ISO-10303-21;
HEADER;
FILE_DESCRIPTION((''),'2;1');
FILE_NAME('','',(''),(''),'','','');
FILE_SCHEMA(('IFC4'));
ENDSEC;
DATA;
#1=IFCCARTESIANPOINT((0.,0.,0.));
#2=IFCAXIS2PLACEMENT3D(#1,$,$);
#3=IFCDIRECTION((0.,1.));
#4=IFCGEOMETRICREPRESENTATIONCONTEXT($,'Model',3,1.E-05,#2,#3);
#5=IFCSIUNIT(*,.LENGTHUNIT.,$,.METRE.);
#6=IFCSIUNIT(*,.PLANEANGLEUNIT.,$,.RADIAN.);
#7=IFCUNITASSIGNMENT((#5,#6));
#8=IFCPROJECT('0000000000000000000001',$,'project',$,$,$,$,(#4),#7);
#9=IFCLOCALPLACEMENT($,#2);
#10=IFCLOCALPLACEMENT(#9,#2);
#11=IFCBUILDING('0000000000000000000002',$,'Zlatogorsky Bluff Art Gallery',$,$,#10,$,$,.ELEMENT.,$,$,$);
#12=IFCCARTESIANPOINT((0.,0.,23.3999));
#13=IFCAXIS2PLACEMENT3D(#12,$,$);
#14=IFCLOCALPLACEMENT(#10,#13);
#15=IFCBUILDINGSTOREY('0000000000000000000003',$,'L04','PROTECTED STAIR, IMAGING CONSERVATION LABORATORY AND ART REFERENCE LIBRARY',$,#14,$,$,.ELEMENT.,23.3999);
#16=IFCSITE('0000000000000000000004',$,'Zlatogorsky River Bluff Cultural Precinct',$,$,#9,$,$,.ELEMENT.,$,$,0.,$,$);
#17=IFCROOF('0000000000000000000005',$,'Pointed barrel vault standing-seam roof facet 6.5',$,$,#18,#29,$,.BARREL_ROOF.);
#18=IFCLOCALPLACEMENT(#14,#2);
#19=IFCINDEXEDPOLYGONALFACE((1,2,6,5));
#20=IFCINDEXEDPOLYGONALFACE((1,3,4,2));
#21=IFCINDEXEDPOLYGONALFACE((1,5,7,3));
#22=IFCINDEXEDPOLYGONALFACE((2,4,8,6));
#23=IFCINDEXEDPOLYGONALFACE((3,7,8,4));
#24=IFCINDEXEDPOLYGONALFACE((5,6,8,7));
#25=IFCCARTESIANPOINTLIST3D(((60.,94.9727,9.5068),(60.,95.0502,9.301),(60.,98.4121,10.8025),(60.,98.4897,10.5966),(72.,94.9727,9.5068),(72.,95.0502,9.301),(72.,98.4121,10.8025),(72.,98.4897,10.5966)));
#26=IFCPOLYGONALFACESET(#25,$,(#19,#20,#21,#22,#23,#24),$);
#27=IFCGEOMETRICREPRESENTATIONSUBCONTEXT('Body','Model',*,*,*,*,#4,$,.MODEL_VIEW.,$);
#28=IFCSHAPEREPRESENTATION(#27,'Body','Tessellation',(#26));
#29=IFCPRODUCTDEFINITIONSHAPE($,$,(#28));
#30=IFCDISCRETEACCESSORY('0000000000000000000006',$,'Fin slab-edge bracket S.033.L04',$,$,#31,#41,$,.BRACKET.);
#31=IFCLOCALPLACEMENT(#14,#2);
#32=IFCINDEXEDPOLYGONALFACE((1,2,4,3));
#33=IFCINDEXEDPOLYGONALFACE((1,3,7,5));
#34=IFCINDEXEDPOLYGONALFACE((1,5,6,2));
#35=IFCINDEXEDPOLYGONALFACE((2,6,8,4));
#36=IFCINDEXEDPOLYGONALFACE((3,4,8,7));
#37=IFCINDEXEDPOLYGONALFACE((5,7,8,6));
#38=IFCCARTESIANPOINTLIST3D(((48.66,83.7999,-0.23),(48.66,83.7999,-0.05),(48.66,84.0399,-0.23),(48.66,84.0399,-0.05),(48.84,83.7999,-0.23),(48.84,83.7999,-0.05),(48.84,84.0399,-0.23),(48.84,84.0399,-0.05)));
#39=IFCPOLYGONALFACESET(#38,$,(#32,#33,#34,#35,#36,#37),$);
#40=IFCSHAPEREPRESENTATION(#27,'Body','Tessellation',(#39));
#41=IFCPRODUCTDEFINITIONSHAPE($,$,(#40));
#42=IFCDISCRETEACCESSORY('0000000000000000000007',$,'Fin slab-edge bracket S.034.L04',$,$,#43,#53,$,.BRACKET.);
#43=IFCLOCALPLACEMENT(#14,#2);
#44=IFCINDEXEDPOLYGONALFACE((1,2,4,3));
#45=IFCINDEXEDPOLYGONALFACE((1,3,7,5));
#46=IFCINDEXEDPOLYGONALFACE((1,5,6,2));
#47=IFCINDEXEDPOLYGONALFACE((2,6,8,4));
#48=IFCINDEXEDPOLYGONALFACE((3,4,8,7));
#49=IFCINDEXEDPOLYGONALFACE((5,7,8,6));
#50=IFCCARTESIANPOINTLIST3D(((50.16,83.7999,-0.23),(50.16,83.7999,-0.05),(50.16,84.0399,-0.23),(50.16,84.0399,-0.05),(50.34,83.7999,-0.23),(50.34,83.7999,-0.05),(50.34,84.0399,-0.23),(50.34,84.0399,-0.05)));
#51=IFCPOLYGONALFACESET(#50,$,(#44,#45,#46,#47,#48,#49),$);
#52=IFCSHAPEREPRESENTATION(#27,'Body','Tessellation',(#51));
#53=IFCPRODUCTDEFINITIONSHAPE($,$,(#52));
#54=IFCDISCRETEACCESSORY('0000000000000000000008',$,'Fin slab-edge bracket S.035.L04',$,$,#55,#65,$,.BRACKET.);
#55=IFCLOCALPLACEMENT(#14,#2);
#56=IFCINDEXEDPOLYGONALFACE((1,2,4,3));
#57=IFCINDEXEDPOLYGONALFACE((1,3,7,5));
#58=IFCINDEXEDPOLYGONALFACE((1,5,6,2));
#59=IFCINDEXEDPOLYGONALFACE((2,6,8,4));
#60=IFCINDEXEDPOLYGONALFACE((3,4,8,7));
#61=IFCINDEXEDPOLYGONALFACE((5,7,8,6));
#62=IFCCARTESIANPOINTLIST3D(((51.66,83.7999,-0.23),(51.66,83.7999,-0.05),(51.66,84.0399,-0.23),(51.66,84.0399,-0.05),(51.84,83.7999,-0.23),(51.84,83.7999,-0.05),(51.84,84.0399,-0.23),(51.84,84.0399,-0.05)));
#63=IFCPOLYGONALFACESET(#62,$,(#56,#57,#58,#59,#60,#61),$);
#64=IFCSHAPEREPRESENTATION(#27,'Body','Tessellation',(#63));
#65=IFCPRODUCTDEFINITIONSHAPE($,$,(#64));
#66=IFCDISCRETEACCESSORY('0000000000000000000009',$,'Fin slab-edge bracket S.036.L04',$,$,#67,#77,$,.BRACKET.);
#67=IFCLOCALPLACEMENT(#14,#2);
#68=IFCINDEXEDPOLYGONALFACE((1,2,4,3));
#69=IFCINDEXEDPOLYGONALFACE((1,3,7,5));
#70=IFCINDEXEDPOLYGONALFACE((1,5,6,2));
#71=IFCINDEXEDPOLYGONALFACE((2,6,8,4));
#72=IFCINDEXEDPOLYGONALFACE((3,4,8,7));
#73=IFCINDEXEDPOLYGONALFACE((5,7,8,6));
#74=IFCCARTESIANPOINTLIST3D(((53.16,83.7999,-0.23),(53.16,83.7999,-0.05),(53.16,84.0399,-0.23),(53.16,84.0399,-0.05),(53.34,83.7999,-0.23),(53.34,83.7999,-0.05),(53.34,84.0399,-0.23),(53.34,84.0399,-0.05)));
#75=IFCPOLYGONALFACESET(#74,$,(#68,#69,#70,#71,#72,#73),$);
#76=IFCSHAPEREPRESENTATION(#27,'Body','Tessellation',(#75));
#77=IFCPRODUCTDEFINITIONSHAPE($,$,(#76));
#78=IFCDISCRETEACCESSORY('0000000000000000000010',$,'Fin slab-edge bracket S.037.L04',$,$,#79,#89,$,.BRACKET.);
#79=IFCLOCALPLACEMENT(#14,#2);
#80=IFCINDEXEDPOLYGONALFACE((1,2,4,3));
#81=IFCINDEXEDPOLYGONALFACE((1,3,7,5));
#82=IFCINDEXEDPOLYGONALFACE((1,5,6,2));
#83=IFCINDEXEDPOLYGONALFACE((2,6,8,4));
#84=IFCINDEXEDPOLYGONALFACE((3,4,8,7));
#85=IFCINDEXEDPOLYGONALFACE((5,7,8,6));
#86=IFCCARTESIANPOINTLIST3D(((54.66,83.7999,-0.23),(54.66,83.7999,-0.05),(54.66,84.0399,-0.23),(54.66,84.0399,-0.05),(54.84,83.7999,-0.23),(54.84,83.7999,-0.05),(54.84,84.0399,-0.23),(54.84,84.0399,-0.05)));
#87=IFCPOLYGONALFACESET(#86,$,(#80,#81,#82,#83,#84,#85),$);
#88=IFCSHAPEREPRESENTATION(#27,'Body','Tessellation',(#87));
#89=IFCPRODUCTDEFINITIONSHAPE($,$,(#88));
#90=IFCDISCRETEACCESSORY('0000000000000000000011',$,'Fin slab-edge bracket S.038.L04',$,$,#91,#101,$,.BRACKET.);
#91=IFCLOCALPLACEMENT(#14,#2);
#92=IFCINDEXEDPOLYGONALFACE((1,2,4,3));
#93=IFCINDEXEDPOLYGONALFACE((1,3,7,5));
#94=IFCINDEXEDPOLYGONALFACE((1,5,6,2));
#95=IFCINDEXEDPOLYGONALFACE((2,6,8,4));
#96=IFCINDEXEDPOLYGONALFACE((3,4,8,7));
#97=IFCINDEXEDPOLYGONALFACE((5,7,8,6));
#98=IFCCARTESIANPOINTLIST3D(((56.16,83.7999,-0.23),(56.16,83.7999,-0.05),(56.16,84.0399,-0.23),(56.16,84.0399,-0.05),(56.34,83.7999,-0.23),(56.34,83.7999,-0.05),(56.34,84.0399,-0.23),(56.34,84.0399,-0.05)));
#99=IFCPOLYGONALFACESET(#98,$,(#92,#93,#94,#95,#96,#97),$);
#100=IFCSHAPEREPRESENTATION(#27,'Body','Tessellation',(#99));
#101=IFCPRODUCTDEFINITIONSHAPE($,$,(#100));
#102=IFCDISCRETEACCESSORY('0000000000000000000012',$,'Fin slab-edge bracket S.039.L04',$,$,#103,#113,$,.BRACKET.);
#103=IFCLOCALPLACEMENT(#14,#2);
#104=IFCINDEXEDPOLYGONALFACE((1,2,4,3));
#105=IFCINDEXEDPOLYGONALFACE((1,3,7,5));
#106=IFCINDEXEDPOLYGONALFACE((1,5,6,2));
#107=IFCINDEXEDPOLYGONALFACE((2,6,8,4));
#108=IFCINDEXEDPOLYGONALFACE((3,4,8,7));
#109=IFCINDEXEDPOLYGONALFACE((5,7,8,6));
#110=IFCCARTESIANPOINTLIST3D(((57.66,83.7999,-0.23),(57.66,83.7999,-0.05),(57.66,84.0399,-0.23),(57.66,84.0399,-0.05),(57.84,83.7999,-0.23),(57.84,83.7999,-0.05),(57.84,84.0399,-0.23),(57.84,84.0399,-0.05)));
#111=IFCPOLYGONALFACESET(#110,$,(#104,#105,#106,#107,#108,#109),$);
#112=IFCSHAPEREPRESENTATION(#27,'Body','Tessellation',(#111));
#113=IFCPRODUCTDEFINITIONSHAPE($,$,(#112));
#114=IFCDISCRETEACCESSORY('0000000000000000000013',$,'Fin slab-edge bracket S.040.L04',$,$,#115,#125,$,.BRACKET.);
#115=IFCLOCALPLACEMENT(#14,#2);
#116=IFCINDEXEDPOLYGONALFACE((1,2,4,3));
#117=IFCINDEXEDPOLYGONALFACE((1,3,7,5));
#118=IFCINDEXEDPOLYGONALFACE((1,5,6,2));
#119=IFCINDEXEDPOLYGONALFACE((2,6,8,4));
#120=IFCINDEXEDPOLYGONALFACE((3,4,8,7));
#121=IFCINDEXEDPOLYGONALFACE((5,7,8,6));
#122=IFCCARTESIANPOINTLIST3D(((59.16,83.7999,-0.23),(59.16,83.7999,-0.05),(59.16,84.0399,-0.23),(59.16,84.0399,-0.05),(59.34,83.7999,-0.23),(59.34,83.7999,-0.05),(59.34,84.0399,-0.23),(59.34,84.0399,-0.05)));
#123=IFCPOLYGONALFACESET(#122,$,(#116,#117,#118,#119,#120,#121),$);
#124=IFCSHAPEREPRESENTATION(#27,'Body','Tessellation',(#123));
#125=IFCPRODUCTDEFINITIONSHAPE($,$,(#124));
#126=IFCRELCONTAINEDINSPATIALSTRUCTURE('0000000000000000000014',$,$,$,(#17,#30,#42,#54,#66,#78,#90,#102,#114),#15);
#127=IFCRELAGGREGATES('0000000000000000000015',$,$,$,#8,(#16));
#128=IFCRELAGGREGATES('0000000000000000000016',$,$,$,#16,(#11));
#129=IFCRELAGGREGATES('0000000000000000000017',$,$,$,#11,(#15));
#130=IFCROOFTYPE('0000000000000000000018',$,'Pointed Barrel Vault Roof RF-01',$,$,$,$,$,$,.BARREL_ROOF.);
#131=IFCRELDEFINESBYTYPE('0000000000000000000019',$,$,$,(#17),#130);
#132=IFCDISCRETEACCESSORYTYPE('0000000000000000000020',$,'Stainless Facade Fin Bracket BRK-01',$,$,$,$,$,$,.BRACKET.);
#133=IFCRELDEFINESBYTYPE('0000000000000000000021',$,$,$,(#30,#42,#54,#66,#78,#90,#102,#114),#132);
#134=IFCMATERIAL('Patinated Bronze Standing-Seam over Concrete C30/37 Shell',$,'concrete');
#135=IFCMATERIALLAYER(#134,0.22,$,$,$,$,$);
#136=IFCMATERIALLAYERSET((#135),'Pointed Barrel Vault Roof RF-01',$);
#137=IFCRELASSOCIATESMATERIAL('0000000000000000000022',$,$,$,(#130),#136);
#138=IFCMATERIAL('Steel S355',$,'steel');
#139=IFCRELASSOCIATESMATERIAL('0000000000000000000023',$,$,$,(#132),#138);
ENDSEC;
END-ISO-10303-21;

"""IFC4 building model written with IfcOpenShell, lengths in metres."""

from ifc_helpers import new_model, si_unit, direction, frame, origin, origin_2d, place, context, subcontext, project, spatial, polyline, rectangle, outline, extrude, material, layer, layer_set, type_object, element, save


model = new_model("IFC4")

# Units and contexts
model_context = context("Model", 3, precision=1e-05, world=origin(), true_north=direction((0.0, 1.0)))
body_context = subcontext(model_context, "Body", "Model", "MODEL_VIEW")
ifc_project = project(units=[si_unit("LENGTHUNIT", "METRE"), si_unit("PLANEANGLEUNIT", "RADIAN")], contexts=[model_context])

# Site, building, storey
site_placement = place(None, origin())
site = spatial("IfcSite", under=ifc_project, at=site_placement, Name="Zlatogorsky River Bluff Cultural Precinct", CompositionType="ELEMENT", RefElevation=0.0)
building_placement = place(site_placement, origin())
building = spatial("IfcBuilding", under=site, at=building_placement, Name="Zlatogorsky Bluff Art Gallery", CompositionType="ELEMENT")
storey_placement = place(building_placement, frame((0.0, 0.0, 23.3999)))
storey = spatial("IfcBuildingStorey", under=building, at=storey_placement, Name="L04", Description="PROTECTED STAIR, IMAGING CONSERVATION LABORATORY AND ART REFERENCE LIBRARY", CompositionType="ELEMENT", Elevation=23.3999)

# Shared definitions
ifc_material_1 = material(Name="Steel S355", Category="steel")

# Roof
ifc_material_2 = material(Name="Patinated Bronze Standing-Seam over Concrete C30/37 Shell", Category="concrete")
ifc_layer_1 = layer(ifc_material_2, 0.22)
ifc_layer_set_1 = layer_set([ifc_layer_1], Name="Pointed Barrel Vault Roof RF-01")
roof_type = type_object("IfcRoofType", Name="Pointed Barrel Vault Roof RF-01", PredefinedType="BARREL_ROOF", material=ifc_layer_set_1)
roof_1_placement = place(storey_placement, frame((60.0, 94.9727, 9.5068), z_axis=(0.0, -0.352521, 0.935804), x_axis=(1.0, 0.0, 0.0)))
element("IfcRoof", 1, at=roof_1_placement, inside=storey, type_object=roof_type, Name="Pointed barrel vault standing-seam roof facet 6.5", PredefinedType="BARREL_ROOF", context=body_context, shape_type="SweptSolid", body=[
    extrude(outline(polyline([(0.0, 0.0), (12.0, 0.0), (12.0, 3.6754), (0.0, 3.6754), (0.0, 0.0)])), origin(), (0.0, 0.0, -1.0), 0.22),
])

# Discrete accessories
discrete_accessory_type = type_object("IfcDiscreteAccessoryType", Name="Stainless Facade Fin Bracket BRK-01", PredefinedType="BRACKET", material=ifc_material_1)
for number, where, z_axis, x_axis, name in (
    (2, (48.75, 83.9199, -0.23), (0.0, 0.0, 1.0), (1.0, 0.0, 0.0), "Fin slab-edge bracket S.033.L04"),
    (3, (50.25, 83.9199, -0.23), (0.0, 0.0, 1.0), (1.0, 0.0, 0.0), "Fin slab-edge bracket S.034.L04"),
    (4, (51.75, 83.9199, -0.23), (0.0, 0.0, 1.0), (1.0, 0.0, 0.0), "Fin slab-edge bracket S.035.L04"),
    (5, (53.25, 83.9199, -0.23), (0.0, 0.0, 1.0), (1.0, 0.0, 0.0), "Fin slab-edge bracket S.036.L04"),
    (6, (54.75, 83.9199, -0.23), (0.0, 0.0, 1.0), (1.0, 0.0, 0.0), "Fin slab-edge bracket S.037.L04"),
    (7, (56.25, 83.9199, -0.23), (0.0, 0.0, 1.0), (1.0, 0.0, 0.0), "Fin slab-edge bracket S.038.L04"),
    (8, (57.75, 83.9199, -0.23), (0.0, 0.0, 1.0), (1.0, 0.0, 0.0), "Fin slab-edge bracket S.039.L04"),
    (9, (59.25, 83.9199, -0.23), (0.0, 0.0, 1.0), (1.0, 0.0, 0.0), "Fin slab-edge bracket S.040.L04"),
):
    element("IfcDiscreteAccessory", number, at=place(storey_placement, frame(where, z_axis=z_axis, x_axis=x_axis)), inside=storey, type_object=discrete_accessory_type, Name=name, PredefinedType="BRACKET", context=body_context, shape_type="SweptSolid", body=[
        extrude(rectangle(XDim=0.1799, YDim=0.24, at=origin_2d()), origin(), (0.0, 0.0, 1.0), 0.1799),
    ])

save(model, "model.ifc")
